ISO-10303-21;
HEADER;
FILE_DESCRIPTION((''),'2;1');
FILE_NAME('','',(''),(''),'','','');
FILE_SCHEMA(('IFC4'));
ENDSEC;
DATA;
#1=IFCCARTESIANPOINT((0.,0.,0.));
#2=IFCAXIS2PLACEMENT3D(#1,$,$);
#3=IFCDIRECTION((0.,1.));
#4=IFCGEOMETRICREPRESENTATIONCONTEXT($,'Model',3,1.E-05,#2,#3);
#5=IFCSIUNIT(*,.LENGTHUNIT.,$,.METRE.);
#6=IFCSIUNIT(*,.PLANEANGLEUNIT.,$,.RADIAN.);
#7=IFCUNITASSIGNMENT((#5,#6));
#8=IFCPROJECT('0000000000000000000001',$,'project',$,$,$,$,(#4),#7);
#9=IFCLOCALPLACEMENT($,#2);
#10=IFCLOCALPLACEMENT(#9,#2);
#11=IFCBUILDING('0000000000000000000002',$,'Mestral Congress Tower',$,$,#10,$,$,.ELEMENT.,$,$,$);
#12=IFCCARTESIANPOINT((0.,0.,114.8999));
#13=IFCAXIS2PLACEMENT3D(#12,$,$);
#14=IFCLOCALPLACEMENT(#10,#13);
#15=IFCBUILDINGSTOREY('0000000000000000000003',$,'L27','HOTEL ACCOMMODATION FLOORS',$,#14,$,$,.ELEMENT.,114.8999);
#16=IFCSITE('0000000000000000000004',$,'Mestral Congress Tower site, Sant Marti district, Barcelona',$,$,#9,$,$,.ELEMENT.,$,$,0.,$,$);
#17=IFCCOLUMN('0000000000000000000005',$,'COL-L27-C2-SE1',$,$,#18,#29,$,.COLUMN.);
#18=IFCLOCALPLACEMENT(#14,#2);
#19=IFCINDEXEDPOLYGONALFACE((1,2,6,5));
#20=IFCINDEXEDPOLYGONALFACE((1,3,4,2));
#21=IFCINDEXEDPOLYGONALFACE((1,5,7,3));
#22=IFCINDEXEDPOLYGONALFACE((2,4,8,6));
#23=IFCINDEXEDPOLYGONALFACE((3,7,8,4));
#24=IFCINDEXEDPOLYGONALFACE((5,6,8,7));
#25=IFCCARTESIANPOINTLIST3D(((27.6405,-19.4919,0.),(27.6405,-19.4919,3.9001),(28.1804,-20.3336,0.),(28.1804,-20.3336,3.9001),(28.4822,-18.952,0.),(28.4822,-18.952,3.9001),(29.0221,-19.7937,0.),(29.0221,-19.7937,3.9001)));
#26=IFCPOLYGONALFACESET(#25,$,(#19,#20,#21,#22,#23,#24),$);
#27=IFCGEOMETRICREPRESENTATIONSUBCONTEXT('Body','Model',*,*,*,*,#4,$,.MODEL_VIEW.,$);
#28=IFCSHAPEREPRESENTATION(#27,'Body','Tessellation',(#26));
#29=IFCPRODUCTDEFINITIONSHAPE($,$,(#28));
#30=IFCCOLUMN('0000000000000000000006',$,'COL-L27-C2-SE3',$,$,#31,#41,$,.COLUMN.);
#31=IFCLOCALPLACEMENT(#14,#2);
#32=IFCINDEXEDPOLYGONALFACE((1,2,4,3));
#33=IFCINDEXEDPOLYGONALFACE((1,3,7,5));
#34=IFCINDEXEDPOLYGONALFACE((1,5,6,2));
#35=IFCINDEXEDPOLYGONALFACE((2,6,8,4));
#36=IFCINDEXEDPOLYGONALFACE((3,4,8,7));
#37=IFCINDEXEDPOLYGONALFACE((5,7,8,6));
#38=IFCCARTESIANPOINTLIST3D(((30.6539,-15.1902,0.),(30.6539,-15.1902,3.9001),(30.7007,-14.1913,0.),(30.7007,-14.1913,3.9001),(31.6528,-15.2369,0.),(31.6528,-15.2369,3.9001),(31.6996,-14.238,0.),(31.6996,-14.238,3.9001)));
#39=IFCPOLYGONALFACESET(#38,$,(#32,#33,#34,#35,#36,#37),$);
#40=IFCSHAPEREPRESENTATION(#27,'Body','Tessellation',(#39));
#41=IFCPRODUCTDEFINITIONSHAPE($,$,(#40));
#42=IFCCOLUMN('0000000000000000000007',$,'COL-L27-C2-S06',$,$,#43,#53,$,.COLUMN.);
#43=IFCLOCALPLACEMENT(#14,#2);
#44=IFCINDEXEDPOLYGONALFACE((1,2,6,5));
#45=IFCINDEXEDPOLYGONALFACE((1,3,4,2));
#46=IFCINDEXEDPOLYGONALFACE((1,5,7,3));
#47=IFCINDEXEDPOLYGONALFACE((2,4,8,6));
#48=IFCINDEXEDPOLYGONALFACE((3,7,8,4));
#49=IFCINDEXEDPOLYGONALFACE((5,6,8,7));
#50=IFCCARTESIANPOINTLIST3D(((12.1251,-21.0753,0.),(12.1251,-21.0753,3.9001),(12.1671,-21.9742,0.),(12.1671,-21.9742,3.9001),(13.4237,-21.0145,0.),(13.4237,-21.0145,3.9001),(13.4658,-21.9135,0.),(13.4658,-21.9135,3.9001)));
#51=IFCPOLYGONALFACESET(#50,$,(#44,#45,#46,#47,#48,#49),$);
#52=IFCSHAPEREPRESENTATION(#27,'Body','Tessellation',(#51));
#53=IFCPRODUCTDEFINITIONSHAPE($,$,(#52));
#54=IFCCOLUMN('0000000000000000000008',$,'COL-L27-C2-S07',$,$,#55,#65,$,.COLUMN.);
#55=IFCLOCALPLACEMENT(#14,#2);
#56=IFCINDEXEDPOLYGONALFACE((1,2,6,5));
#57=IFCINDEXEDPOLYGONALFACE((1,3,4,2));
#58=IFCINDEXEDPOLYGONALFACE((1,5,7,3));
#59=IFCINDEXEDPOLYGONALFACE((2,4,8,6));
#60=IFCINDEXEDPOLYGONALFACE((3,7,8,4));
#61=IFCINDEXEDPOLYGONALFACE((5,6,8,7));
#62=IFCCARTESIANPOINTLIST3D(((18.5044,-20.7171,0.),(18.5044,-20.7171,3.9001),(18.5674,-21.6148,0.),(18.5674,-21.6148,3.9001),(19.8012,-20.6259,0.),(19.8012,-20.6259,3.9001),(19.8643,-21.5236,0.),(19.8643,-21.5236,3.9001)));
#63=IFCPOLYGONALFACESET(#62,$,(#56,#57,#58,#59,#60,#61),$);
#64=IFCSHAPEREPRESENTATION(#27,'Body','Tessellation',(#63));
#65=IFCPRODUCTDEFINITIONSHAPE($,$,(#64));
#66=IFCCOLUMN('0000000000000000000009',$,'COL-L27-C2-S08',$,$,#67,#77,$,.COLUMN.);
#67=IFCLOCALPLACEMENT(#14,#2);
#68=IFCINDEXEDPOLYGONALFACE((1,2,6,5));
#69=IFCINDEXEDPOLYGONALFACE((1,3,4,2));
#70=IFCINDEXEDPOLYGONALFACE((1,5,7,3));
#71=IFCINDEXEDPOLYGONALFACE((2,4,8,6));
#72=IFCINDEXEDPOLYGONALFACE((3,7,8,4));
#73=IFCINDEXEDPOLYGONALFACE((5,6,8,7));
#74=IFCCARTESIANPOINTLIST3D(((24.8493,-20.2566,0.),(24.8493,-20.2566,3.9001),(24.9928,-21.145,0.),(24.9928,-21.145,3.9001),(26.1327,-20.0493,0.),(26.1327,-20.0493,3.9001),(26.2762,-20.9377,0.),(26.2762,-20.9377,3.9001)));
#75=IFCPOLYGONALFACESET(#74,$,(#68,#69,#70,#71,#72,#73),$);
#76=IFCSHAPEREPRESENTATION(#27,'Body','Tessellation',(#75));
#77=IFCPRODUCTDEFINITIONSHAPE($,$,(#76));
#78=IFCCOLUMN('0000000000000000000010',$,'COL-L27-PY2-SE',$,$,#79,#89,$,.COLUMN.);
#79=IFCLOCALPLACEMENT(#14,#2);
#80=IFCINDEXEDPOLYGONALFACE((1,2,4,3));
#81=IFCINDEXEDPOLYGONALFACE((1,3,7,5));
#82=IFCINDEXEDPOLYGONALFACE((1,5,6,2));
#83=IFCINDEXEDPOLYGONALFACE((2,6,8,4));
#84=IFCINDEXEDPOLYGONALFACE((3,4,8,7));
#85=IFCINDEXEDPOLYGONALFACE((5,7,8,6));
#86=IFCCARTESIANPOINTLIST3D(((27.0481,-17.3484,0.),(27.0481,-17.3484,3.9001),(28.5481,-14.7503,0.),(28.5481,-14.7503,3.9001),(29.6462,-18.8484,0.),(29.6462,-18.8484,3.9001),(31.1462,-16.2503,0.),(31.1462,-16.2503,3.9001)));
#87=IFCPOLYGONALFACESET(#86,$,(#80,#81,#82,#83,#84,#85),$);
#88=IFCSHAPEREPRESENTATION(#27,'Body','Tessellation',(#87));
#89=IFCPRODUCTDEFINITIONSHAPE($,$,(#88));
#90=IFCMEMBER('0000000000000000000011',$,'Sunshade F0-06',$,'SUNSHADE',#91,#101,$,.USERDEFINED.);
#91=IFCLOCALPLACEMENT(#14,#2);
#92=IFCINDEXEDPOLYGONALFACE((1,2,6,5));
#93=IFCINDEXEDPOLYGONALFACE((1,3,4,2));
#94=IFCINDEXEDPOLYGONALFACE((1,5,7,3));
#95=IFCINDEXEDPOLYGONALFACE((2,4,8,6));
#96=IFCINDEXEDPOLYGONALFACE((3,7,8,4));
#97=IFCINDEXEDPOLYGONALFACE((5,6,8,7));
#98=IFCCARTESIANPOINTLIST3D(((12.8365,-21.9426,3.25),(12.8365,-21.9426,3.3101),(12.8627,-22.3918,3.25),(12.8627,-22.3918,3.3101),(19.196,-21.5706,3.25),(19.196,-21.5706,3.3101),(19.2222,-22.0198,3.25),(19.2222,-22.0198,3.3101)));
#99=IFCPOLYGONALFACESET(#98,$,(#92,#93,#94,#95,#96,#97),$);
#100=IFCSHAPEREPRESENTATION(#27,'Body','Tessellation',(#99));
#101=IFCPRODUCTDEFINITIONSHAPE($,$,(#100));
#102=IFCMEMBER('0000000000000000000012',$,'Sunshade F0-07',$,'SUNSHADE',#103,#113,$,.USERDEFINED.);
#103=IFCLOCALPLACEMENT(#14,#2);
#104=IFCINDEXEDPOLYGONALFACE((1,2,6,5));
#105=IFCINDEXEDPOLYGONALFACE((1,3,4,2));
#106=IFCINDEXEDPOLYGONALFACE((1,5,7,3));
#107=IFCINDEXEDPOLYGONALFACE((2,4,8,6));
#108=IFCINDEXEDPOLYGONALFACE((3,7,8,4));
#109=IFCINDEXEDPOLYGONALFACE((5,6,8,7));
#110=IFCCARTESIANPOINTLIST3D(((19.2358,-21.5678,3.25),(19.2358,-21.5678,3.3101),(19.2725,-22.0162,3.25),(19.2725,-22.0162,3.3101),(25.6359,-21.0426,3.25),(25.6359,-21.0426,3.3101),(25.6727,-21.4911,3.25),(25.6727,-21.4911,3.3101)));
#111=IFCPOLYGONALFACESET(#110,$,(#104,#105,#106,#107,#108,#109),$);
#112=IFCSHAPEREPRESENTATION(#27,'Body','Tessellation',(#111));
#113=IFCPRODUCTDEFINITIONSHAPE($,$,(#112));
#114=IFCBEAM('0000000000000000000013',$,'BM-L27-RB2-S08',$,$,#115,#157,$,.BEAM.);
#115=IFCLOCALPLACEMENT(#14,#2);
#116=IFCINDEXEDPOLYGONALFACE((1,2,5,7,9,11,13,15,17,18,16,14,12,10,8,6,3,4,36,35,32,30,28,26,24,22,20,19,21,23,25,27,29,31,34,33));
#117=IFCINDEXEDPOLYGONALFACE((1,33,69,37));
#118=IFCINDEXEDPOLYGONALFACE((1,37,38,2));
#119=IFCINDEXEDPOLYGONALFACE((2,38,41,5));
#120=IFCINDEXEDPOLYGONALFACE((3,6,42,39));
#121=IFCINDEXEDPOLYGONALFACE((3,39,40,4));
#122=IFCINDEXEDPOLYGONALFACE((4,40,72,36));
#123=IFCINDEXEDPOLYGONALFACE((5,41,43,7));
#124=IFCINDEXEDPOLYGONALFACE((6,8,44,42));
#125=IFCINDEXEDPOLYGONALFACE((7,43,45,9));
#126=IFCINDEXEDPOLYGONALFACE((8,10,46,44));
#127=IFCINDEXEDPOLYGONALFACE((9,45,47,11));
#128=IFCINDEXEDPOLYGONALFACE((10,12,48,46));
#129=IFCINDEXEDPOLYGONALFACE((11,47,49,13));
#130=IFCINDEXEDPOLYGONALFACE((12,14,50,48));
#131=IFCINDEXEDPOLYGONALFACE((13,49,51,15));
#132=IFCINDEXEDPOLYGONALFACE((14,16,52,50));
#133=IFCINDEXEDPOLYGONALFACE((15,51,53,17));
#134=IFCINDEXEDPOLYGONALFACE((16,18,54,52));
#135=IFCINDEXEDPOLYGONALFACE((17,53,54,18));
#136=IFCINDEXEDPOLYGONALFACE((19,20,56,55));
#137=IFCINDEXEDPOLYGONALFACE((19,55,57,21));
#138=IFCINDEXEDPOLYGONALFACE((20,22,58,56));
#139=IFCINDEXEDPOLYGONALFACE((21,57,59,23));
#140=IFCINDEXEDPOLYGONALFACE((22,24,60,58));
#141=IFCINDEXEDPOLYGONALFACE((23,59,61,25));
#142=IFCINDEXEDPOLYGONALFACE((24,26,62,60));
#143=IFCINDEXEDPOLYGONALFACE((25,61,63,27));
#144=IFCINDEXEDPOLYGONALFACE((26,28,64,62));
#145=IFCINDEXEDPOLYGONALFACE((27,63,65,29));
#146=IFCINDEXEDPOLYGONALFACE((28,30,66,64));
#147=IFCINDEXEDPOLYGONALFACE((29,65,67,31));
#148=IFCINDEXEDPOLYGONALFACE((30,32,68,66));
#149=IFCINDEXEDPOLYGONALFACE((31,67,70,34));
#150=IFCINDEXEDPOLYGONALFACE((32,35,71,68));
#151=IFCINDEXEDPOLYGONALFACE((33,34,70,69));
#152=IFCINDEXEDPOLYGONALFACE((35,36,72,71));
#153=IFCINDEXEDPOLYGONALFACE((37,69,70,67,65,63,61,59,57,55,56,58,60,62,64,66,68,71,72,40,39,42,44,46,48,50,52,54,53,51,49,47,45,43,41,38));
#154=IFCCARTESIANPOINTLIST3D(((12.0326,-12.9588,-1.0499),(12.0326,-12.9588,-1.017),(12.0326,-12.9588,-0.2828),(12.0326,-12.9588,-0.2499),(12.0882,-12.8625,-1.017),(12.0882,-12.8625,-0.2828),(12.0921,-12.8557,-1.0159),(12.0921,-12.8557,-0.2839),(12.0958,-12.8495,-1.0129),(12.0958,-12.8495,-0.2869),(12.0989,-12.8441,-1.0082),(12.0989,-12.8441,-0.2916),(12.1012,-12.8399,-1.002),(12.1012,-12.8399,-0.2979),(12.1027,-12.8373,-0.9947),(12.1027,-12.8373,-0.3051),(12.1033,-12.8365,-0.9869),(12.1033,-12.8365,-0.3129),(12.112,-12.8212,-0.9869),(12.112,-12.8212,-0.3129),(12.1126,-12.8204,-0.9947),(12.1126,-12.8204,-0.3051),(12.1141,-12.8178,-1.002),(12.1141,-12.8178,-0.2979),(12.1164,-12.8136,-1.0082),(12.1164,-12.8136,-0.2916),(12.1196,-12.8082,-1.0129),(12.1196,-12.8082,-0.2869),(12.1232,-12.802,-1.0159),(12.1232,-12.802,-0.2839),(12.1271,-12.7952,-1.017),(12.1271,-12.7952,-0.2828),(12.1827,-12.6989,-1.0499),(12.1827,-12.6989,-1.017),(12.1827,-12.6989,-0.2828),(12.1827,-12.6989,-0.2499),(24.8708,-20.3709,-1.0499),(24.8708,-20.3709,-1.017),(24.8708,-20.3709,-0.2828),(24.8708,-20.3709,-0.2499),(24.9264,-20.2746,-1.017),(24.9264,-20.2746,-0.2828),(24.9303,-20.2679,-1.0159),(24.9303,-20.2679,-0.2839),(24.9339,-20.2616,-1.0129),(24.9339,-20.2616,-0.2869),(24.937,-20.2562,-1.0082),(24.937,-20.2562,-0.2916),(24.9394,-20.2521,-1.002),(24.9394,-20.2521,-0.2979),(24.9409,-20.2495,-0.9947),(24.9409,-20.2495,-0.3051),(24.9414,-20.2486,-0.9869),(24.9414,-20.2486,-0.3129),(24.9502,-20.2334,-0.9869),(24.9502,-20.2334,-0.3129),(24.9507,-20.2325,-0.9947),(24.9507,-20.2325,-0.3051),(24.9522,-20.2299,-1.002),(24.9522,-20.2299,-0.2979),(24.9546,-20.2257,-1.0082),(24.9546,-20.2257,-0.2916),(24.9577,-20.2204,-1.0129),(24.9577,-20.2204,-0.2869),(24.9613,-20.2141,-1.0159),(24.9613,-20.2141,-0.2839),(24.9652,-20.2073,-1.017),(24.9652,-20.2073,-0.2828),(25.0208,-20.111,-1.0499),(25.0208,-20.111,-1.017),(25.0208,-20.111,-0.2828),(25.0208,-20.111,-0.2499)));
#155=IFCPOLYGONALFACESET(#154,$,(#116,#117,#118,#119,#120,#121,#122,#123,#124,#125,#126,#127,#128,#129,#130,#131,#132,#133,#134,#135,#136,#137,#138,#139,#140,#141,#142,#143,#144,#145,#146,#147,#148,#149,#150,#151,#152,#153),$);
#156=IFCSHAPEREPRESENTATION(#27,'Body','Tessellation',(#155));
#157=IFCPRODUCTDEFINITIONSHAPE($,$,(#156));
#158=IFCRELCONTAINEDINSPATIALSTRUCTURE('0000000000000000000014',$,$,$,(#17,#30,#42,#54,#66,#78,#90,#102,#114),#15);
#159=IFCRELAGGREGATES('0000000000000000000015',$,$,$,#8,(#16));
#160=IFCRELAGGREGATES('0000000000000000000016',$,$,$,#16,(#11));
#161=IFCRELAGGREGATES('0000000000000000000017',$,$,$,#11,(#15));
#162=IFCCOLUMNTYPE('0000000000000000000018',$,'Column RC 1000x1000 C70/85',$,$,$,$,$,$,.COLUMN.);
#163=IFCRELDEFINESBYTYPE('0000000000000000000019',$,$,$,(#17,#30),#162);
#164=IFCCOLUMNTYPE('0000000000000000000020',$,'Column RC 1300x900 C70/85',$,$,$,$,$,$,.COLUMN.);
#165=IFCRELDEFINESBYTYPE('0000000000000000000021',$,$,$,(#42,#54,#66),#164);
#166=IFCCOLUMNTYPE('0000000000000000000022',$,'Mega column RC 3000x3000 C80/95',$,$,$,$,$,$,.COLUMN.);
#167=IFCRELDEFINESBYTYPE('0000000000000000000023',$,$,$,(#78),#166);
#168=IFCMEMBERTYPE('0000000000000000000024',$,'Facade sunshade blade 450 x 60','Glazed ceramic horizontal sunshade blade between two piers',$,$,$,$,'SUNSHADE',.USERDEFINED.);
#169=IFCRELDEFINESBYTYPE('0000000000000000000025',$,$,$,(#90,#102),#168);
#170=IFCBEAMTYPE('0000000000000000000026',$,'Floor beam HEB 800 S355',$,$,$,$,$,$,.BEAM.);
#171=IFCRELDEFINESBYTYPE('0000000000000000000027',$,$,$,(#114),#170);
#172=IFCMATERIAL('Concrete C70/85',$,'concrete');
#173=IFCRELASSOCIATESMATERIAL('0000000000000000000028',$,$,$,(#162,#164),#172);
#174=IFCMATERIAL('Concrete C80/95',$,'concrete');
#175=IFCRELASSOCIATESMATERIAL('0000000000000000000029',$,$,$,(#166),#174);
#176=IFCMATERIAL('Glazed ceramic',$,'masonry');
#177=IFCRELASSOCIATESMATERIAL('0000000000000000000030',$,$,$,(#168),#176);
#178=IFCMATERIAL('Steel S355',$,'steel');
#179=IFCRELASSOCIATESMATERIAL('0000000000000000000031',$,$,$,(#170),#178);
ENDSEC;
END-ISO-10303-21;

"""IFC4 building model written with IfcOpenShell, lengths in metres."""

from ifc_helpers import new_model, si_unit, direction, frame, origin, origin_2d, place, context, subcontext, project, spatial, rectangle, i_section, extrude, material, material_profile, profile_set, type_object, element, save


model = new_model("IFC4")

# Units and contexts
model_context = context("Model", 3, precision=1e-05, world=origin(), true_north=direction((0.0, 1.0)))
body_context = subcontext(model_context, "Body", "Model", "MODEL_VIEW")
ifc_project = project(units=[si_unit("LENGTHUNIT", "METRE"), si_unit("PLANEANGLEUNIT", "RADIAN")], contexts=[model_context])

# Site, building, storey
site_placement = place(None, origin())
site = spatial("IfcSite", under=ifc_project, at=site_placement, Name="Mestral Congress Tower site, Sant Marti district, Barcelona", CompositionType="ELEMENT", RefElevation=0.0)
building_placement = place(site_placement, origin())
building = spatial("IfcBuilding", under=site, at=building_placement, Name="Mestral Congress Tower", CompositionType="ELEMENT")
storey_placement = place(building_placement, frame((0.0, 0.0, 114.8999)))
storey = spatial("IfcBuildingStorey", under=building, at=storey_placement, Name="L27", Description="HOTEL ACCOMMODATION FLOORS", CompositionType="ELEMENT", Elevation=114.8999)

# Columns
ifc_material_1 = material(Name="Concrete C70/85", Category="concrete")
ifc_material_profile_1 = material_profile(ifc_material_1, rectangle(XDim=1.0, YDim=1.0, at=origin_2d()), Name="RC 1000x1000")
ifc_profile_set_1 = profile_set([ifc_material_profile_1], Name="Concrete C70/85")
column_type_1 = type_object("IfcColumnType", Name="Column RC 1000x1000 C70/85", PredefinedType="COLUMN", material=ifc_profile_set_1)
for number, where, z_axis, x_axis, name in (
    (1, (28.3313, -19.6428, 0.0), (0.0, 0.0, 1.0), (0.8417, 0.539945, 0.0), "COL-L27-C2-SE1"),
    (2, (31.1768, -14.7141, 0.0), (0.0, 0.0, 1.0), (0.046756, 0.998906, 0.0), "COL-L27-C2-SE3"),
):
    element("IfcColumn", number, at=place(storey_placement, frame(where, z_axis=z_axis, x_axis=x_axis)), inside=storey, type_object=column_type_1, Name=name, PredefinedType="COLUMN", context=body_context, shape_type="SweptSolid", body=[
        extrude(rectangle(XDim=1.0, YDim=1.0, at=origin_2d()), origin(), (0.0, 0.0, 1.0), 3.9001),
    ])
ifc_material_profile_2 = material_profile(ifc_material_1, rectangle(XDim=1.3, YDim=0.8999, at=origin_2d()), Name="RC 1300x900")
ifc_profile_set_2 = profile_set([ifc_material_profile_2], Name="Concrete C70/85")
column_type_2 = type_object("IfcColumnType", Name="Column RC 1300x900 C70/85", PredefinedType="COLUMN", material=ifc_profile_set_2)
for number, where, z_axis, x_axis, name in (
    (3, (12.7954, -21.4944, 0.0), (0.0, 0.0, 1.0), (0.998906, 0.046756, 0.0), "COL-L27-C2-S06"),
    (4, (19.1843, -21.1204, 0.0), (0.0, 0.0, 1.0), (0.99754, 0.070101, 0.0), "COL-L27-C2-S07"),
    (5, (25.5627, -20.5972, 0.0), (0.0, 0.0, 1.0), (0.987202, 0.159473, 0.0), "COL-L27-C2-S08"),
):
    element("IfcColumn", number, at=place(storey_placement, frame(where, z_axis=z_axis, x_axis=x_axis)), inside=storey, type_object=column_type_2, Name=name, PredefinedType="COLUMN", context=body_context, shape_type="SweptSolid", body=[
        extrude(rectangle(XDim=1.3, YDim=0.8999, at=origin_2d()), origin(), (0.0, 0.0, 1.0), 3.9001),
    ])
ifc_material_2 = material(Name="Concrete C80/95", Category="concrete")
ifc_material_profile_3 = material_profile(ifc_material_2, rectangle(XDim=3.0, YDim=3.0, at=origin_2d()), Name="RC 3000x3000")
ifc_profile_set_3 = profile_set([ifc_material_profile_3], Name="Concrete C80/95")
column_type_3 = type_object("IfcColumnType", Name="Mega column RC 3000x3000 C80/95", PredefinedType="COLUMN", material=ifc_profile_set_3)
column_placement = place(storey_placement, frame((29.0972, -16.7993, 0.0), z_axis=(0.0, 0.0, 1.0), x_axis=(0.866025, -0.5, 0.0)))
element("IfcColumn", 6, at=column_placement, inside=storey, type_object=column_type_3, Name="COL-L27-PY2-SE", PredefinedType="COLUMN", context=body_context, shape_type="SweptSolid", body=[
    extrude(rectangle(XDim=3.0, YDim=3.0, at=origin_2d()), origin(), (0.0, 0.0, 1.0), 3.9001),
])

# Members
ifc_material_3 = material(Name="Glazed ceramic", Category="masonry")
ifc_material_profile_4 = material_profile(ifc_material_3, rectangle(XDim=0.45, YDim=0.0601, at=origin_2d()), Name="Ceramic blade 450 x 60")
ifc_profile_set_4 = profile_set([ifc_material_profile_4], Name="Glazed ceramic")
member_type = type_object("IfcMemberType", Name="Facade sunshade blade 450 x 60", Description="Glazed ceramic horizontal sunshade blade between two piers", ElementType="SUNSHADE", PredefinedType="USERDEFINED", material=ifc_profile_set_4)
member_1_placement = place(storey_placement, frame((12.8496, -22.1672, 3.28), z_axis=(0.998293, 0.058407, 0.0), x_axis=(-0.058407, 0.998293, 0.0)))
element("IfcMember", 7, at=member_1_placement, inside=storey, type_object=member_type, Name="Sunshade F0-06", ObjectType="SUNSHADE", PredefinedType="USERDEFINED", context=body_context, shape_type="SweptSolid", body=[
    extrude(rectangle(XDim=0.45, YDim=0.0601, at=origin_2d()), origin(), (0.0, 0.0, 1.0), 6.3704),
])
member_2_placement = place(storey_placement, frame((19.2542, -21.792, 3.28), z_axis=(0.996651, 0.081777, 0.0), x_axis=(-0.081777, 0.996651, 0.0)))
element("IfcMember", 8, at=member_2_placement, inside=storey, type_object=member_type, Name="Sunshade F0-07", ObjectType="SUNSHADE", PredefinedType="USERDEFINED", context=body_context, shape_type="SweptSolid", body=[
    extrude(rectangle(XDim=0.45, YDim=0.0601, at=origin_2d()), origin(), (0.0, 0.0, 1.0), 6.4216),
])

# Beam
ifc_material_4 = material(Name="Steel S355", Category="steel")
ifc_material_profile_5 = material_profile(ifc_material_4, i_section(OverallWidth=0.3, OverallDepth=0.8, WebThickness=0.0176, FlangeThickness=0.033, FilletRadius=0.03, at=origin_2d()), Name="HEB 800")
ifc_profile_set_5 = profile_set([ifc_material_profile_5], Name="Steel S355")
beam_type_1 = type_object("IfcBeamType", Name="Floor beam HEB 800 S355", PredefinedType="BEAM", material=ifc_profile_set_5)
beam_1_placement = place(storey_placement, frame((24.9458, -20.241, -0.6499), z_axis=(-0.866025, 0.5, 0.0), x_axis=(-0.5, -0.866025, 0.0)))
element("IfcBeam", 9, at=beam_1_placement, inside=storey, type_object=beam_type_1, Name="BM-L27-RB2-S08", PredefinedType="BEAM", context=body_context, shape_type="SweptSolid", body=[
    extrude(i_section(OverallWidth=0.3, OverallDepth=0.8, WebThickness=0.0176, FlangeThickness=0.033, FilletRadius=0.03, at=origin_2d()), origin(), (0.0, 0.0, 1.0), 14.8242),
])

save(model, "model.ifc")
